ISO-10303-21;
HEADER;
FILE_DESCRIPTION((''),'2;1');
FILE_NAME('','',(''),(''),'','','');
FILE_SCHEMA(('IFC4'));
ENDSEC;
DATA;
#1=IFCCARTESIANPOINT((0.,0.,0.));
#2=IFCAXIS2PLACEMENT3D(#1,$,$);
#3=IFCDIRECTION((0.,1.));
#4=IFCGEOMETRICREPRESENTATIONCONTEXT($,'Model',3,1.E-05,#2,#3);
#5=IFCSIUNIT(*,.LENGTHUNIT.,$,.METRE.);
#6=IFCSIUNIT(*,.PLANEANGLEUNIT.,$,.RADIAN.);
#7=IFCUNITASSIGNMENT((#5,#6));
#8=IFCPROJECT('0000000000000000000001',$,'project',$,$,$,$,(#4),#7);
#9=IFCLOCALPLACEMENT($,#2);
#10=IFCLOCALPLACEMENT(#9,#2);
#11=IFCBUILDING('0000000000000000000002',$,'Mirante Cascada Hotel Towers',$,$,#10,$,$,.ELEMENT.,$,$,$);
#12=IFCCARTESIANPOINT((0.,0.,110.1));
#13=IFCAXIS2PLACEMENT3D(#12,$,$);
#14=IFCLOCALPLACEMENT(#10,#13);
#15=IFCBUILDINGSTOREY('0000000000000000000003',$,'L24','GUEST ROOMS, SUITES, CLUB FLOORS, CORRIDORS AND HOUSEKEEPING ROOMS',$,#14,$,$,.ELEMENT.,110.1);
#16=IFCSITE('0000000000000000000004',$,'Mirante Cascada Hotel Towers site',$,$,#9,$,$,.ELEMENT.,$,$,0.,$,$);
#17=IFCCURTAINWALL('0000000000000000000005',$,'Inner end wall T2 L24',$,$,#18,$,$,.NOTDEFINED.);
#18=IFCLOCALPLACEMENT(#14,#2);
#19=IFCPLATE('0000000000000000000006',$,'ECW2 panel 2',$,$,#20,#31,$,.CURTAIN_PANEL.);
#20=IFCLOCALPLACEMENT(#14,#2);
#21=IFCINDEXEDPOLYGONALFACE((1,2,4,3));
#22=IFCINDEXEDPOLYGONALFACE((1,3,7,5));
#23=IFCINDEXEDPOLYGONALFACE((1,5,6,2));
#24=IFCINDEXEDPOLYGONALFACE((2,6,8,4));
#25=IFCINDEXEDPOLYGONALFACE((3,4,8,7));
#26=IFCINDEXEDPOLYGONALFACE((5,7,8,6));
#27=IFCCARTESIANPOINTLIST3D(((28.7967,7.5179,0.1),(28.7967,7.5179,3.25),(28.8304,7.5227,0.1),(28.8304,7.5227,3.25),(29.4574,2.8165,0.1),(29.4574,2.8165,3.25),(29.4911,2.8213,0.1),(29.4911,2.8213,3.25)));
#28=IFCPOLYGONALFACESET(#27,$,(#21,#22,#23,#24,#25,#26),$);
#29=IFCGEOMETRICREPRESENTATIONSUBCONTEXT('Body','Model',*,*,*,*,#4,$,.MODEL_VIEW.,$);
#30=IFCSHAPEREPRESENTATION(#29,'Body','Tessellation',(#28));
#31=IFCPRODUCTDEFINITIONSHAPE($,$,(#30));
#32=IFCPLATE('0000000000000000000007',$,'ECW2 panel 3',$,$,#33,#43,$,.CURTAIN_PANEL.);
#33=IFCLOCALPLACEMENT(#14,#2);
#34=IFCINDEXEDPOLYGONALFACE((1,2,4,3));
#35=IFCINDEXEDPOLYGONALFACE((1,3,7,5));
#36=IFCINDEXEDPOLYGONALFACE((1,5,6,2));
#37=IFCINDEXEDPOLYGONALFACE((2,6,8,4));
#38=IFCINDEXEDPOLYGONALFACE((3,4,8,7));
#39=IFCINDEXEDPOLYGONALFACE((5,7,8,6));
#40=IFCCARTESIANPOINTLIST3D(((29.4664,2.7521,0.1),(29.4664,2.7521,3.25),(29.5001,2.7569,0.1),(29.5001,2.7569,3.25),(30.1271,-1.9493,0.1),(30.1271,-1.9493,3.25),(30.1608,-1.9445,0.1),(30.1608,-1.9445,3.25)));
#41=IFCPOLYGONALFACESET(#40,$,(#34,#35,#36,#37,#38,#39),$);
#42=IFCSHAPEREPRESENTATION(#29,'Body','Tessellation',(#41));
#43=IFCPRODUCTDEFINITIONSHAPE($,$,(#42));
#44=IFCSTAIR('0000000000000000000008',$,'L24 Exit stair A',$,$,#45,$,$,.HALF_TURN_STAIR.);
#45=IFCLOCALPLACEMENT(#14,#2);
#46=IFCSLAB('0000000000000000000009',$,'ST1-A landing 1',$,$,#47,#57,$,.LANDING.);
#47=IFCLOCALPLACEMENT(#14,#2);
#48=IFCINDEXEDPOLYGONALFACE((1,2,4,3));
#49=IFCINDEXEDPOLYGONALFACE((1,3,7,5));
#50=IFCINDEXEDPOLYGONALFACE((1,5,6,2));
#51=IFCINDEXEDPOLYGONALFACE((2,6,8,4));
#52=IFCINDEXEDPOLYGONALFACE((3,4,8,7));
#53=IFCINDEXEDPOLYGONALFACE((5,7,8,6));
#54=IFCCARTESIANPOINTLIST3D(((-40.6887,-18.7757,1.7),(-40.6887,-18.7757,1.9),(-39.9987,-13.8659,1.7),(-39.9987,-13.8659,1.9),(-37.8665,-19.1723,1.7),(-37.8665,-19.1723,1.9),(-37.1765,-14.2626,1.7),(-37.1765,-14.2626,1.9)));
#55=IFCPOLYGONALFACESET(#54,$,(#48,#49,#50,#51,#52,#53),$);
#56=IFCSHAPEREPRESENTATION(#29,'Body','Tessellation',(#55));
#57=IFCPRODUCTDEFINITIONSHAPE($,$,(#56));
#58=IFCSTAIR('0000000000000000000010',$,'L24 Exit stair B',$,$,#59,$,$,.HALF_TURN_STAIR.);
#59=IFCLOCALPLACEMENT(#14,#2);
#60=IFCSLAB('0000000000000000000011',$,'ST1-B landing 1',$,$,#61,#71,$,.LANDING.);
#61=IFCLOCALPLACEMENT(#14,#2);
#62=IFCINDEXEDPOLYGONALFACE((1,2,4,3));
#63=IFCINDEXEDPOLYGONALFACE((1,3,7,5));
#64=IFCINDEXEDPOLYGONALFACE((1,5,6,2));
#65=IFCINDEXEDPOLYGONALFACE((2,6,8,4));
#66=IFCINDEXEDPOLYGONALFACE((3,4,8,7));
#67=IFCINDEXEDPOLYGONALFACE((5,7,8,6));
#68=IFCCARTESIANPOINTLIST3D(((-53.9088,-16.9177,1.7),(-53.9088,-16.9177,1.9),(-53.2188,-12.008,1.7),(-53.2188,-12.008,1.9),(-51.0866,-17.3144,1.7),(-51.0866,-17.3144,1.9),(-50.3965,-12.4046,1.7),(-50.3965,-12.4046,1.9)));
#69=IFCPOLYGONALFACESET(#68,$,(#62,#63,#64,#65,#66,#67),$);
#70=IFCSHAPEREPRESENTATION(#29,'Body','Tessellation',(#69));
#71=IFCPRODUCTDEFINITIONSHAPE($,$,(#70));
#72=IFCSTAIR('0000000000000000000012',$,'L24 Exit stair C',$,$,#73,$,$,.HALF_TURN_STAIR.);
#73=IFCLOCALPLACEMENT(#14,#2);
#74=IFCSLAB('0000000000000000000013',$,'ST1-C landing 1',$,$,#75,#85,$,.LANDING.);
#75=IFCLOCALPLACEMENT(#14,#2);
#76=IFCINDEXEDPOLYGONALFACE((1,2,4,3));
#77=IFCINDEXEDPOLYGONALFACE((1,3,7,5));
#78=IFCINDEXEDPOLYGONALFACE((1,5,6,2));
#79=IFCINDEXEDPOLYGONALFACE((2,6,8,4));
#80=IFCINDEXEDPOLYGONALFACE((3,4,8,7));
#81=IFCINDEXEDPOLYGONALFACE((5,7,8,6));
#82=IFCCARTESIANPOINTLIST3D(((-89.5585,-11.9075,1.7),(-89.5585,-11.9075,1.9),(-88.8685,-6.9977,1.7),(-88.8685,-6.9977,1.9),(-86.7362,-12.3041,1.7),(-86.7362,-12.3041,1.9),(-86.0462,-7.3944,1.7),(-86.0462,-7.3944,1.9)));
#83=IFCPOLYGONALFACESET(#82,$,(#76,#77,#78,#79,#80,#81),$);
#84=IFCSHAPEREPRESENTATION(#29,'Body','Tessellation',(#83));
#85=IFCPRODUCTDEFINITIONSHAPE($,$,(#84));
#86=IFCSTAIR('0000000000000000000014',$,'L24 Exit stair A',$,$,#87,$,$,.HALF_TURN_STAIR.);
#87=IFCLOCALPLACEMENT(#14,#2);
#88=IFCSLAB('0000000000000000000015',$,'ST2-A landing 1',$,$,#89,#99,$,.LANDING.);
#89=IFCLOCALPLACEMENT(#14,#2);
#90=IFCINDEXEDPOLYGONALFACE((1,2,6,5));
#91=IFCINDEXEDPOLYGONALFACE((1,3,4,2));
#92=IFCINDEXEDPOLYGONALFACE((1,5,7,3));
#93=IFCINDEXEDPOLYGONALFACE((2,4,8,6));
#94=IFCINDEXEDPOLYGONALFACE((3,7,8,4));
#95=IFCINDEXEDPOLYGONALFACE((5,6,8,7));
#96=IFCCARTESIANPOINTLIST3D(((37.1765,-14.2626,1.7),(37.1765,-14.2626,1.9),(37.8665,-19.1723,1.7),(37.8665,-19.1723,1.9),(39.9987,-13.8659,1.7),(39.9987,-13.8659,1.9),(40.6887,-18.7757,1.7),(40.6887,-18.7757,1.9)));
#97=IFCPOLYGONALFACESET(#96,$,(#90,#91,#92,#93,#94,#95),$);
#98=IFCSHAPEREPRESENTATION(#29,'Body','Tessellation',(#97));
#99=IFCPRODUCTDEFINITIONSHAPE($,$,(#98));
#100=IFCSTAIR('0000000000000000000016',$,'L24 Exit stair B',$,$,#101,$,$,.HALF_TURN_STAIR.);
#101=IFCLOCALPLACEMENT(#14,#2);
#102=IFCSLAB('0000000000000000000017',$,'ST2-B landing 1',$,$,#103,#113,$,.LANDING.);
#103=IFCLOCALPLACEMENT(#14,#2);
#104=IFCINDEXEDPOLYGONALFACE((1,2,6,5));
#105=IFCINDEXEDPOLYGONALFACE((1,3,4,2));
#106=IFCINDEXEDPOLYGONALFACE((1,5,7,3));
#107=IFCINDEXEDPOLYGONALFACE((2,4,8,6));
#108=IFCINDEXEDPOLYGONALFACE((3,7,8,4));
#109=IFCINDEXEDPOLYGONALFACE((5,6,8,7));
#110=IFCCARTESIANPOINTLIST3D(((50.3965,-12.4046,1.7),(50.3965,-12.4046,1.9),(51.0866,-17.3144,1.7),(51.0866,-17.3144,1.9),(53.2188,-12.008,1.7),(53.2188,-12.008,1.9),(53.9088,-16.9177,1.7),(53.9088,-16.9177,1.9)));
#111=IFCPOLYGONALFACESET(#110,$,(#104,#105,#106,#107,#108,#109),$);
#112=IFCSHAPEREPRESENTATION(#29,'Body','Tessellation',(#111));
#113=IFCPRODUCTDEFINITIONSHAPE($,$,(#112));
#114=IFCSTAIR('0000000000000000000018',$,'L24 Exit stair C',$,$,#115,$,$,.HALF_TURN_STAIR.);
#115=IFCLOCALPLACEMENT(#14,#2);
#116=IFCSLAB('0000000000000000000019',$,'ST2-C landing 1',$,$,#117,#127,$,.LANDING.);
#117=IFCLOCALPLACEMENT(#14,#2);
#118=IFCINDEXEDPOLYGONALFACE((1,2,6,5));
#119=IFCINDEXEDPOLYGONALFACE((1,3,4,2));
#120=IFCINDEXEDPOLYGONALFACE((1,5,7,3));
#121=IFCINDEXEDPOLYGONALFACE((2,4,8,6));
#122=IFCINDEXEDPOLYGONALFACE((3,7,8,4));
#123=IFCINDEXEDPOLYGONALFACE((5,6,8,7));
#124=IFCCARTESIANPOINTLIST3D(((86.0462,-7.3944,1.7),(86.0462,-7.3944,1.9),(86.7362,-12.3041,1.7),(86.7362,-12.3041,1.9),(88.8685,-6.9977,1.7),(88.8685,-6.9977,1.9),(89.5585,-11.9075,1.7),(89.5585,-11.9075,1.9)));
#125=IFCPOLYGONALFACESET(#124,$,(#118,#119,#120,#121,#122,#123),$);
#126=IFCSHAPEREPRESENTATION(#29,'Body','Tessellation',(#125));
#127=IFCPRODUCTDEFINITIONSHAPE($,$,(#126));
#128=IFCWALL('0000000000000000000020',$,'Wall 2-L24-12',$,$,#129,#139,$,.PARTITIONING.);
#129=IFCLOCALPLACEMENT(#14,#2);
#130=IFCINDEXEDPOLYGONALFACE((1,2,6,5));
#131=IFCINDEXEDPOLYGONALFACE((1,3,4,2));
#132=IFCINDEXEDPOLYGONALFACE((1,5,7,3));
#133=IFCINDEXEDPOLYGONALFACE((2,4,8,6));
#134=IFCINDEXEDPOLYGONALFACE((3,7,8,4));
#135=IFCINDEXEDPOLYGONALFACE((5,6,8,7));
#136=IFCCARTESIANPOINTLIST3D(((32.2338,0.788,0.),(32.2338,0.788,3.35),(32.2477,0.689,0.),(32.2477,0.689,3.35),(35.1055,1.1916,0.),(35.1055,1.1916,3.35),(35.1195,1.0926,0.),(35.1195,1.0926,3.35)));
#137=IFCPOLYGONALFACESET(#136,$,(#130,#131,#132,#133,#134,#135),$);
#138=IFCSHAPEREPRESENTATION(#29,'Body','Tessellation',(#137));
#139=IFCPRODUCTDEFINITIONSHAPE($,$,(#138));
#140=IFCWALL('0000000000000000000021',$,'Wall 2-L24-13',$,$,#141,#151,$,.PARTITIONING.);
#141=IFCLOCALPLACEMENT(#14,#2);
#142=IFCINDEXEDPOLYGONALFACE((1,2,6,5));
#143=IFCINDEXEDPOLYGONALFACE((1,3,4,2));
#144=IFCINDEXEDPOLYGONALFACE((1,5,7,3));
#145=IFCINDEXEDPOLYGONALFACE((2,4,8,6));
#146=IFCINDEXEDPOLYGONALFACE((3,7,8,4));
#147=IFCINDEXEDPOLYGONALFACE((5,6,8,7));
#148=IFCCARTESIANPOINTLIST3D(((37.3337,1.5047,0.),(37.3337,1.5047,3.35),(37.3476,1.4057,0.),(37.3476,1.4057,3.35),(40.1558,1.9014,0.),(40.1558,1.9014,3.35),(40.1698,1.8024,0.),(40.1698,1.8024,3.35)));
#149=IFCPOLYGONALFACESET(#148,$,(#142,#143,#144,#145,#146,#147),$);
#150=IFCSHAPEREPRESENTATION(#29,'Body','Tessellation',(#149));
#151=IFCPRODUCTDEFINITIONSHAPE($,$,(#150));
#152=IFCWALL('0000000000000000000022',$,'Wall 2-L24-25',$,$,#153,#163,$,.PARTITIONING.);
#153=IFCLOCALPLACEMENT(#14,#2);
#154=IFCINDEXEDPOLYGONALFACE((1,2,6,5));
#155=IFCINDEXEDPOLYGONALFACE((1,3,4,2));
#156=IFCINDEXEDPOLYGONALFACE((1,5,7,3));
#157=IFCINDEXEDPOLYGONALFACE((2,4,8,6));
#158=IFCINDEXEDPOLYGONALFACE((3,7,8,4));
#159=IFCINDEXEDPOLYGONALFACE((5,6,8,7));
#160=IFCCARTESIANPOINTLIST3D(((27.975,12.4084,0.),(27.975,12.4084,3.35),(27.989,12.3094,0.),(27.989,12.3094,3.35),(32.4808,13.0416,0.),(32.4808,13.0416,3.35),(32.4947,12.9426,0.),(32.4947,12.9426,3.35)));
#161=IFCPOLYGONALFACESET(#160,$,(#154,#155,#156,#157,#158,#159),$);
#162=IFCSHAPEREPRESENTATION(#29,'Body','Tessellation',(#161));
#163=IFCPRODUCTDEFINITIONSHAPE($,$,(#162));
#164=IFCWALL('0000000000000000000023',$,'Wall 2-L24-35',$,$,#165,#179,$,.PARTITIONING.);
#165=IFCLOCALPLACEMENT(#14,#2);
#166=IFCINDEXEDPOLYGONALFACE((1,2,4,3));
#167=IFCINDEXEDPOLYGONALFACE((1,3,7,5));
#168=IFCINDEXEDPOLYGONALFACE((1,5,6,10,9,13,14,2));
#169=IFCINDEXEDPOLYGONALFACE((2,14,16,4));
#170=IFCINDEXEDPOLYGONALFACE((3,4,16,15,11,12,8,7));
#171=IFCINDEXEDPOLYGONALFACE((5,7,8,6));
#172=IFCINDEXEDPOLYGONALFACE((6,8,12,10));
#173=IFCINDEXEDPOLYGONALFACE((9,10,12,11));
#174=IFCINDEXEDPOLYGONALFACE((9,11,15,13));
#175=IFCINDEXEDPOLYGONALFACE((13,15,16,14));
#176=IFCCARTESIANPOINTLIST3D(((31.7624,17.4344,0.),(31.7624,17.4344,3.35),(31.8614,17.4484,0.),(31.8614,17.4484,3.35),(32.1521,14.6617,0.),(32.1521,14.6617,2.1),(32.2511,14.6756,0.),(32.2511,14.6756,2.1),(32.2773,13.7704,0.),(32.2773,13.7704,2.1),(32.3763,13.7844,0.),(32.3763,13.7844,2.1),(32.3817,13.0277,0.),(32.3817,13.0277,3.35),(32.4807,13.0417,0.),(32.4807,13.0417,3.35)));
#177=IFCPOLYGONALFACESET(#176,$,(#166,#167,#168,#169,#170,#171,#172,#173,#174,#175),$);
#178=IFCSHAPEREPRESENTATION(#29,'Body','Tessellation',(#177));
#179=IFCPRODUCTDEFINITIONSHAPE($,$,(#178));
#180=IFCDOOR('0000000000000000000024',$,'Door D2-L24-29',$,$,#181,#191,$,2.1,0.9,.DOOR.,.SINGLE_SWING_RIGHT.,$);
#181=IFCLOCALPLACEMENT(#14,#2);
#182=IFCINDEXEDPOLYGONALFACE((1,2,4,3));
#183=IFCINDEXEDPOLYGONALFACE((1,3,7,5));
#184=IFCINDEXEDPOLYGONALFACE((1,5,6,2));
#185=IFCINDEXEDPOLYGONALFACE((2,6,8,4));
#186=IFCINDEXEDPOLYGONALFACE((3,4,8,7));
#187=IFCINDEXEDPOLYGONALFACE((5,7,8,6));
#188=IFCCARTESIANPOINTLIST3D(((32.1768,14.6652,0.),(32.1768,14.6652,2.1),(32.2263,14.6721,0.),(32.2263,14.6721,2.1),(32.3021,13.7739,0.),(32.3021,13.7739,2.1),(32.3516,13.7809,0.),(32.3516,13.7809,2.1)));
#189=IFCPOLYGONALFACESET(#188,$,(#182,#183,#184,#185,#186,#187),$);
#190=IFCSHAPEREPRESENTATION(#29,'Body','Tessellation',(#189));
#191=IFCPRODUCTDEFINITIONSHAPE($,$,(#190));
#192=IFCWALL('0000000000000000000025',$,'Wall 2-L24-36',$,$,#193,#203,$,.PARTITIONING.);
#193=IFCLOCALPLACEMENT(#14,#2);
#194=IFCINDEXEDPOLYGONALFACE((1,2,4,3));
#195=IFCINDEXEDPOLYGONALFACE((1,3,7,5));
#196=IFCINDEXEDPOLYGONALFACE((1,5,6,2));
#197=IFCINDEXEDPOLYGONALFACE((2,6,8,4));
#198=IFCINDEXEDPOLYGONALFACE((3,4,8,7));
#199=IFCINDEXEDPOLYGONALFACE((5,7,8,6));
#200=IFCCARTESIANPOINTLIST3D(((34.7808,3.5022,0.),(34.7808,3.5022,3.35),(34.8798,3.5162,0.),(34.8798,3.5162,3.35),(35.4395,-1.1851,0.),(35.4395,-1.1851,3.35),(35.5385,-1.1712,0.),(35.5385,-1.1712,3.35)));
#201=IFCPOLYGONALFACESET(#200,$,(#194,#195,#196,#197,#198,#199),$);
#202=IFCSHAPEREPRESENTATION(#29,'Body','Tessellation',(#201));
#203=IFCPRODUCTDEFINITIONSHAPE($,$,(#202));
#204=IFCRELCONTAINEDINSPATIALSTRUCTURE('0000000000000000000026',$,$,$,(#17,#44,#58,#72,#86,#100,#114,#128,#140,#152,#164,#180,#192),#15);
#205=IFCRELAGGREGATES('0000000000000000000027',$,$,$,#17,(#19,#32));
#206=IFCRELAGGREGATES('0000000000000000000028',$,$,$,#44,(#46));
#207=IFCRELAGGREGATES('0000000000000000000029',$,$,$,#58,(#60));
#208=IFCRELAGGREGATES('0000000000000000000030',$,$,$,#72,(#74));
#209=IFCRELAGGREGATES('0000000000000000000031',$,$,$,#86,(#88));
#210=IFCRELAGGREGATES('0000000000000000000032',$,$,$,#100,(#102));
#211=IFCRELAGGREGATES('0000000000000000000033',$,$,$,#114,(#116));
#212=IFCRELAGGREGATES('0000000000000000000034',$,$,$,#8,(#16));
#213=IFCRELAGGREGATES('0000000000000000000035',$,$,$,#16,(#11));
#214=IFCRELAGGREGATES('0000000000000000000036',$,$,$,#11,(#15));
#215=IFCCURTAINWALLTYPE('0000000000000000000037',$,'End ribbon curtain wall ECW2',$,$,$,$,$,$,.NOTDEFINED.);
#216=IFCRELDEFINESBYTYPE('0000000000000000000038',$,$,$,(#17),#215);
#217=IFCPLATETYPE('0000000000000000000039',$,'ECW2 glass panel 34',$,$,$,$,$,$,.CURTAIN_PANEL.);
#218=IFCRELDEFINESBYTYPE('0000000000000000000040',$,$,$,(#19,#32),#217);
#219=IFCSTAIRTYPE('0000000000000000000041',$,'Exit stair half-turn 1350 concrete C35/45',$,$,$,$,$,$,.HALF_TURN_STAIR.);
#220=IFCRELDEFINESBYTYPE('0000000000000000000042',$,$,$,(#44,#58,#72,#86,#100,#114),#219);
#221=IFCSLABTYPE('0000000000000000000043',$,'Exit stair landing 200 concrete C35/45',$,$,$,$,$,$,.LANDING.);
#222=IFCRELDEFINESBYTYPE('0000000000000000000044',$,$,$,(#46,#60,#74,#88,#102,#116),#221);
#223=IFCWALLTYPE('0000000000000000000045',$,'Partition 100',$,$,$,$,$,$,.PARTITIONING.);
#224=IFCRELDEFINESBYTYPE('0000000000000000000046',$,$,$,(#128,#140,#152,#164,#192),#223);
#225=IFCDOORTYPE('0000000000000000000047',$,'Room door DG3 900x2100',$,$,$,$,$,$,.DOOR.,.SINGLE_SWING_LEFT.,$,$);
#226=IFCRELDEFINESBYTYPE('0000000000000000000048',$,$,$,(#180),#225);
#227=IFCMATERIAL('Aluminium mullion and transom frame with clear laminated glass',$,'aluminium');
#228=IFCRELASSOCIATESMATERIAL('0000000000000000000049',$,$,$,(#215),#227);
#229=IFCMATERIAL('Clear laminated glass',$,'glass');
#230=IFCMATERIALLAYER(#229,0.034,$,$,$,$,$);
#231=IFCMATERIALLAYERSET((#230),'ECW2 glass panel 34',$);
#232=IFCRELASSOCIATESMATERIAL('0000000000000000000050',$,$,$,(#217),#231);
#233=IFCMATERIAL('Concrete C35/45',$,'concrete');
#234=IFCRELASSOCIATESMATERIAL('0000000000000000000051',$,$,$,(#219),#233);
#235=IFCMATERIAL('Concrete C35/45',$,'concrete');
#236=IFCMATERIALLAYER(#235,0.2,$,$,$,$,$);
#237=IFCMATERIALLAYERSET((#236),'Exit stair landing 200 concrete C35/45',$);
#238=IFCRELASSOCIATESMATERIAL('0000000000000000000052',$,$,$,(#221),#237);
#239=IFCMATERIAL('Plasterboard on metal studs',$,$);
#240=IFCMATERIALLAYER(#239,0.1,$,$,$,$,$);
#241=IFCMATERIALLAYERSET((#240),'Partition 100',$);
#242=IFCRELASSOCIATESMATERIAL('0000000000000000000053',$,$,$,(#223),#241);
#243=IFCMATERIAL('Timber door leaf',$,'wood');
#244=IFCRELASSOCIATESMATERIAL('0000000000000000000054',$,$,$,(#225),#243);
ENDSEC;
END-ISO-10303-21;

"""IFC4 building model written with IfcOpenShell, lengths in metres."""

from ifc_helpers import new_model, si_unit, direction, frame, frame_2d, origin, origin_2d, place, context, subcontext, project, spatial, polyline, rectangle, outline, extrude, material, layer, layer_set, type_object, element, fill, aggregate, save


model = new_model("IFC4")

# Units and contexts
model_context = context("Model", 3, precision=1e-05, world=origin(), true_north=direction((0.0, 1.0)))
body_context = subcontext(model_context, "Body", "Model", "MODEL_VIEW")
ifc_project = project(units=[si_unit("LENGTHUNIT", "METRE"), si_unit("PLANEANGLEUNIT", "RADIAN")], contexts=[model_context])

# Site, building, storey
site_placement = place(None, origin())
site = spatial("IfcSite", under=ifc_project, at=site_placement, Name="Mirante Cascada Hotel Towers site", CompositionType="ELEMENT", RefElevation=0.0)
building_placement = place(site_placement, origin())
building = spatial("IfcBuilding", under=site, at=building_placement, Name="Mirante Cascada Hotel Towers", CompositionType="ELEMENT")
storey_placement = place(building_placement, frame((0.0, 0.0, 110.1)))
storey = spatial("IfcBuildingStorey", under=building, at=storey_placement, Name="L24", Description="GUEST ROOMS, SUITES, CLUB FLOORS, CORRIDORS AND HOUSEKEEPING ROOMS", CompositionType="ELEMENT", Elevation=110.1)

# Curtain wall
ifc_material_1 = material(Name="Aluminium mullion and transom frame with clear laminated glass", Category="aluminium")
curtain_wall_type_1 = type_object("IfcCurtainWallType", Name="End ribbon curtain wall ECW2", PredefinedType="NOTDEFINED", material=ifc_material_1)
curtain_wall_1_placement = place(storey_placement, origin())
curtain_wall_1 = element("IfcCurtainWall", 1, at=curtain_wall_1_placement, inside=storey, type_object=curtain_wall_type_1, Name="Inner end wall T2 L24", PredefinedType="NOTDEFINED")

# Plates
ifc_material_2 = material(Name="Clear laminated glass", Category="glass")
ifc_layer_1 = layer(ifc_material_2, 0.034)
ifc_layer_set_1 = layer_set([ifc_layer_1], Name="ECW2 glass panel 34")
plate_type_1 = type_object("IfcPlateType", Name="ECW2 glass panel 34", PredefinedType="CURTAIN_PANEL", material=ifc_layer_set_1)
plate_1_placement = place(storey_placement, frame((29.1439, 5.1696, 0.1), z_axis=(0.0, 0.0, 1.0), x_axis=(0.139173, -0.990268, 0.0)))
plate_1 = element("IfcPlate", 2, at=plate_1_placement, type_object=plate_type_1, Name="ECW2 panel 2", PredefinedType="CURTAIN_PANEL", context=body_context, shape_type="SweptSolid", body=[
    extrude(rectangle(XDim=4.7476, YDim=0.034, at=origin_2d()), origin(), (0.0, 0.0, 1.0), 3.15),
])
plate_2_placement = place(storey_placement, frame((29.8136, 0.4038, 0.1), z_axis=(0.0, 0.0, 1.0), x_axis=(0.139173, -0.990268, 0.0)))
plate_2 = element("IfcPlate", 3, at=plate_2_placement, type_object=plate_type_1, Name="ECW2 panel 3", PredefinedType="CURTAIN_PANEL", context=body_context, shape_type="SweptSolid", body=[
    extrude(rectangle(XDim=4.7476, YDim=0.034, at=origin_2d()), origin(), (0.0, 0.0, 1.0), 3.15),
])
aggregate(curtain_wall_1, [plate_1, plate_2])

# Stairs, slabs
ifc_material_3 = material(Name="Concrete C35/45", Category="concrete")
stair_type = type_object("IfcStairType", Name="Exit stair half-turn 1350 concrete C35/45", PredefinedType="HALF_TURN_STAIR", material=ifc_material_3)
stair_1_placement = place(storey_placement, origin())
stair_1 = element("IfcStair", 4, at=stair_1_placement, inside=storey, type_object=stair_type, Name="L24 Exit stair A", PredefinedType="HALF_TURN_STAIR")
ifc_material_4 = material(Name="Concrete C35/45", Category="concrete")
ifc_layer_2 = layer(ifc_material_4, 0.2)
ifc_layer_set_2 = layer_set([ifc_layer_2], Name="Exit stair landing 200 concrete C35/45")
slab_type = type_object("IfcSlabType", Name="Exit stair landing 200 concrete C35/45", PredefinedType="LANDING", material=ifc_layer_set_2)
slab_1_placement = place(storey_placement, frame((0.0, 0.0, 1.7)))
slab_1 = element("IfcSlab", 5, at=slab_1_placement, type_object=slab_type, Name="ST1-A landing 1", PredefinedType="LANDING", context=body_context, shape_type="SweptSolid", body=[
    extrude(outline(polyline([(-39.9987, -13.8659), (-40.6887, -18.7757), (-37.8665, -19.1723), (-37.1765, -14.2626), (-39.9987, -13.8659)])), origin(), (0.0, 0.0, 1.0), 0.2),
])
aggregate(stair_1, [slab_1])
stair_2_placement = place(storey_placement, origin())
stair_2 = element("IfcStair", 6, at=stair_2_placement, inside=storey, type_object=stair_type, Name="L24 Exit stair B", PredefinedType="HALF_TURN_STAIR")
slab_2_placement = place(storey_placement, frame((0.0, 0.0, 1.7)))
slab_2 = element("IfcSlab", 7, at=slab_2_placement, type_object=slab_type, Name="ST1-B landing 1", PredefinedType="LANDING", context=body_context, shape_type="SweptSolid", body=[
    extrude(outline(polyline([(-53.2188, -12.008), (-53.9088, -16.9177), (-51.0866, -17.3144), (-50.3965, -12.4046), (-53.2188, -12.008)])), origin(), (0.0, 0.0, 1.0), 0.2),
])
aggregate(stair_2, [slab_2])
stair_3_placement = place(storey_placement, origin())
stair_3 = element("IfcStair", 8, at=stair_3_placement, inside=storey, type_object=stair_type, Name="L24 Exit stair C", PredefinedType="HALF_TURN_STAIR")
slab_3_placement = place(storey_placement, frame((0.0, 0.0, 1.7)))
slab_3 = element("IfcSlab", 9, at=slab_3_placement, type_object=slab_type, Name="ST1-C landing 1", PredefinedType="LANDING", context=body_context, shape_type="SweptSolid", body=[
    extrude(outline(polyline([(-88.8685, -6.9977), (-89.5585, -11.9075), (-86.7362, -12.3041), (-86.0462, -7.3944), (-88.8685, -6.9977)])), origin(), (0.0, 0.0, 1.0), 0.2),
])
aggregate(stair_3, [slab_3])
stair_4_placement = place(storey_placement, origin())
stair_4 = element("IfcStair", 10, at=stair_4_placement, inside=storey, type_object=stair_type, Name="L24 Exit stair A", PredefinedType="HALF_TURN_STAIR")
slab_4_placement = place(storey_placement, frame((0.0, 0.0, 1.7)))
slab_4 = element("IfcSlab", 11, at=slab_4_placement, type_object=slab_type, Name="ST2-A landing 1", PredefinedType="LANDING", context=body_context, shape_type="SweptSolid", body=[
    extrude(outline(polyline([(37.1765, -14.2626), (37.8665, -19.1723), (40.6887, -18.7757), (39.9987, -13.8659), (37.1765, -14.2626)])), origin(), (0.0, 0.0, 1.0), 0.2),
])
aggregate(stair_4, [slab_4])
stair_5_placement = place(storey_placement, origin())
stair_5 = element("IfcStair", 12, at=stair_5_placement, inside=storey, type_object=stair_type, Name="L24 Exit stair B", PredefinedType="HALF_TURN_STAIR")
slab_5_placement = place(storey_placement, frame((0.0, 0.0, 1.7)))
slab_5 = element("IfcSlab", 13, at=slab_5_placement, type_object=slab_type, Name="ST2-B landing 1", PredefinedType="LANDING", context=body_context, shape_type="SweptSolid", body=[
    extrude(outline(polyline([(50.3965, -12.4046), (51.0866, -17.3144), (53.9088, -16.9177), (53.2188, -12.008), (50.3965, -12.4046)])), origin(), (0.0, 0.0, 1.0), 0.2),
])
aggregate(stair_5, [slab_5])
stair_6_placement = place(storey_placement, origin())
stair_6 = element("IfcStair", 14, at=stair_6_placement, inside=storey, type_object=stair_type, Name="L24 Exit stair C", PredefinedType="HALF_TURN_STAIR")
slab_6_placement = place(storey_placement, frame((0.0, 0.0, 1.7)))
slab_6 = element("IfcSlab", 15, at=slab_6_placement, type_object=slab_type, Name="ST2-C landing 1", PredefinedType="LANDING", context=body_context, shape_type="SweptSolid", body=[
    extrude(outline(polyline([(86.0462, -7.3944), (86.7362, -12.3041), (89.5585, -11.9075), (88.8685, -6.9977), (86.0462, -7.3944)])), origin(), (0.0, 0.0, 1.0), 0.2),
])
aggregate(stair_6, [slab_6])

# Walls
ifc_material_5 = material(Name="Plasterboard on metal studs")
ifc_layer_3 = layer(ifc_material_5, 0.1)
ifc_layer_set_3 = layer_set([ifc_layer_3], Name="Partition 100")
wall_type_1 = type_object("IfcWallType", Name="Partition 100", PredefinedType="PARTITIONING", material=ifc_layer_set_3)
wall_1_placement = place(storey_placement, frame((35.1125, 1.1421, 0.0), z_axis=(0.0, 0.0, 1.0), x_axis=(-0.990268, -0.139171, 0.0)))
element("IfcWall", 16, at=wall_1_placement, inside=storey, type_object=wall_type_1, Name="Wall 2-L24-12", PredefinedType="PARTITIONING", context=body_context, shape_type="SweptSolid", body=[
    extrude(rectangle(XDim=2.9, YDim=0.1, at=frame_2d((1.45, 0.0))), origin(), (0.0, 0.0, 1.0), 3.35),
])
wall_2_placement = place(storey_placement, frame((37.3406, 1.4552, 0.0), z_axis=(0.0, 0.0, 1.0), x_axis=(0.990265, 0.139196, 0.0)))
element("IfcWall", 17, at=wall_2_placement, inside=storey, type_object=wall_type_1, Name="Wall 2-L24-13", PredefinedType="PARTITIONING", context=body_context, shape_type="SweptSolid", body=[
    extrude(rectangle(XDim=2.8499, YDim=0.1, at=frame_2d((1.425, 0.0))), origin(), (0.0, 0.0, 1.0), 3.35),
])
wall_3_placement = place(storey_placement, frame((27.982, 12.3589, 0.0), z_axis=(0.0, 0.0, 1.0), x_axis=(0.990269, 0.139166, 0.0)))
element("IfcWall", 18, at=wall_3_placement, inside=storey, type_object=wall_type_1, Name="Wall 2-L24-25", PredefinedType="PARTITIONING", context=body_context, shape_type="SweptSolid", body=[
    extrude(rectangle(XDim=4.55, YDim=0.1, at=frame_2d((2.275, 0.0))), origin(), (0.0, 0.0, 1.0), 3.35),
])

# Wall, opening, door
wall_4_placement = place(storey_placement, frame((32.4312, 13.0347, 0.0), z_axis=(0.0, 0.0, 1.0), x_axis=(-0.139168, 0.990269, 0.0)))
wall_4 = element("IfcWall", 19, at=wall_4_placement, inside=storey, type_object=wall_type_1, Name="Wall 2-L24-35", PredefinedType="PARTITIONING", context=body_context, shape_type="SweptSolid", body=[
    extrude(rectangle(XDim=4.45, YDim=0.1, at=frame_2d((2.225, 0.0))), origin(), (0.0, 0.0, 1.0), 3.35),
])
opening_1_placement = place(wall_4_placement, frame((0.75, 0.0, 0.0)))
opening_1 = element("IfcOpeningElement", 20, at=opening_1_placement, cuts=wall_4, PredefinedType="OPENING", context=body_context, shape_type="SweptSolid", body=[
    extrude(rectangle(XDim=0.9, YDim=2.1, at=frame_2d((0.45, 1.05))), frame((0.0, 0.05, 0.0), z_axis=(0.0, -1.0, 0.0), x_axis=(1.0, 0.0, 0.0)), (0.0, 0.0, 1.0), 0.1),
])
ifc_material_6 = material(Name="Timber door leaf", Category="wood")
door_type = type_object("IfcDoorType", Name="Room door DG3 900x2100", OperationType="SINGLE_SWING_LEFT", PredefinedType="DOOR", material=ifc_material_6)
door_placement = place(opening_1_placement, frame((0.9, 0.0, 0.0), z_axis=(0.0, 0.0, 1.0), x_axis=(-1.0, 0.0, 0.0)))
door = element("IfcDoor", 21, at=door_placement, inside=storey, type_object=door_type, Name="Door D2-L24-29", OperationType="SINGLE_SWING_RIGHT", OverallHeight=2.1, OverallWidth=0.9, PredefinedType="DOOR", context=body_context, shape_type="SweptSolid", body=[
    extrude(rectangle(XDim=0.9, YDim=2.1, at=frame_2d((0.45, 1.05))), frame((0.0, 0.025, 0.0), z_axis=(0.0, -1.0, 0.0), x_axis=(1.0, 0.0, 0.0)), (0.0, 0.0, 1.0), 0.05),
])
fill(opening_1, door)

# Wall
wall_5_placement = place(storey_placement, frame((34.8303, 3.5092, 0.0), z_axis=(0.0, 0.0, 1.0), x_axis=(0.139161, -0.99027, 0.0)))
element("IfcWall", 22, at=wall_5_placement, inside=storey, type_object=wall_type_1, Name="Wall 2-L24-36", PredefinedType="PARTITIONING", context=body_context, shape_type="SweptSolid", body=[
    extrude(rectangle(XDim=4.7334, YDim=0.1, at=frame_2d((2.3667, 0.0))), origin(), (0.0, 0.0, 1.0), 3.35),
])

save(model, "model.ifc")
